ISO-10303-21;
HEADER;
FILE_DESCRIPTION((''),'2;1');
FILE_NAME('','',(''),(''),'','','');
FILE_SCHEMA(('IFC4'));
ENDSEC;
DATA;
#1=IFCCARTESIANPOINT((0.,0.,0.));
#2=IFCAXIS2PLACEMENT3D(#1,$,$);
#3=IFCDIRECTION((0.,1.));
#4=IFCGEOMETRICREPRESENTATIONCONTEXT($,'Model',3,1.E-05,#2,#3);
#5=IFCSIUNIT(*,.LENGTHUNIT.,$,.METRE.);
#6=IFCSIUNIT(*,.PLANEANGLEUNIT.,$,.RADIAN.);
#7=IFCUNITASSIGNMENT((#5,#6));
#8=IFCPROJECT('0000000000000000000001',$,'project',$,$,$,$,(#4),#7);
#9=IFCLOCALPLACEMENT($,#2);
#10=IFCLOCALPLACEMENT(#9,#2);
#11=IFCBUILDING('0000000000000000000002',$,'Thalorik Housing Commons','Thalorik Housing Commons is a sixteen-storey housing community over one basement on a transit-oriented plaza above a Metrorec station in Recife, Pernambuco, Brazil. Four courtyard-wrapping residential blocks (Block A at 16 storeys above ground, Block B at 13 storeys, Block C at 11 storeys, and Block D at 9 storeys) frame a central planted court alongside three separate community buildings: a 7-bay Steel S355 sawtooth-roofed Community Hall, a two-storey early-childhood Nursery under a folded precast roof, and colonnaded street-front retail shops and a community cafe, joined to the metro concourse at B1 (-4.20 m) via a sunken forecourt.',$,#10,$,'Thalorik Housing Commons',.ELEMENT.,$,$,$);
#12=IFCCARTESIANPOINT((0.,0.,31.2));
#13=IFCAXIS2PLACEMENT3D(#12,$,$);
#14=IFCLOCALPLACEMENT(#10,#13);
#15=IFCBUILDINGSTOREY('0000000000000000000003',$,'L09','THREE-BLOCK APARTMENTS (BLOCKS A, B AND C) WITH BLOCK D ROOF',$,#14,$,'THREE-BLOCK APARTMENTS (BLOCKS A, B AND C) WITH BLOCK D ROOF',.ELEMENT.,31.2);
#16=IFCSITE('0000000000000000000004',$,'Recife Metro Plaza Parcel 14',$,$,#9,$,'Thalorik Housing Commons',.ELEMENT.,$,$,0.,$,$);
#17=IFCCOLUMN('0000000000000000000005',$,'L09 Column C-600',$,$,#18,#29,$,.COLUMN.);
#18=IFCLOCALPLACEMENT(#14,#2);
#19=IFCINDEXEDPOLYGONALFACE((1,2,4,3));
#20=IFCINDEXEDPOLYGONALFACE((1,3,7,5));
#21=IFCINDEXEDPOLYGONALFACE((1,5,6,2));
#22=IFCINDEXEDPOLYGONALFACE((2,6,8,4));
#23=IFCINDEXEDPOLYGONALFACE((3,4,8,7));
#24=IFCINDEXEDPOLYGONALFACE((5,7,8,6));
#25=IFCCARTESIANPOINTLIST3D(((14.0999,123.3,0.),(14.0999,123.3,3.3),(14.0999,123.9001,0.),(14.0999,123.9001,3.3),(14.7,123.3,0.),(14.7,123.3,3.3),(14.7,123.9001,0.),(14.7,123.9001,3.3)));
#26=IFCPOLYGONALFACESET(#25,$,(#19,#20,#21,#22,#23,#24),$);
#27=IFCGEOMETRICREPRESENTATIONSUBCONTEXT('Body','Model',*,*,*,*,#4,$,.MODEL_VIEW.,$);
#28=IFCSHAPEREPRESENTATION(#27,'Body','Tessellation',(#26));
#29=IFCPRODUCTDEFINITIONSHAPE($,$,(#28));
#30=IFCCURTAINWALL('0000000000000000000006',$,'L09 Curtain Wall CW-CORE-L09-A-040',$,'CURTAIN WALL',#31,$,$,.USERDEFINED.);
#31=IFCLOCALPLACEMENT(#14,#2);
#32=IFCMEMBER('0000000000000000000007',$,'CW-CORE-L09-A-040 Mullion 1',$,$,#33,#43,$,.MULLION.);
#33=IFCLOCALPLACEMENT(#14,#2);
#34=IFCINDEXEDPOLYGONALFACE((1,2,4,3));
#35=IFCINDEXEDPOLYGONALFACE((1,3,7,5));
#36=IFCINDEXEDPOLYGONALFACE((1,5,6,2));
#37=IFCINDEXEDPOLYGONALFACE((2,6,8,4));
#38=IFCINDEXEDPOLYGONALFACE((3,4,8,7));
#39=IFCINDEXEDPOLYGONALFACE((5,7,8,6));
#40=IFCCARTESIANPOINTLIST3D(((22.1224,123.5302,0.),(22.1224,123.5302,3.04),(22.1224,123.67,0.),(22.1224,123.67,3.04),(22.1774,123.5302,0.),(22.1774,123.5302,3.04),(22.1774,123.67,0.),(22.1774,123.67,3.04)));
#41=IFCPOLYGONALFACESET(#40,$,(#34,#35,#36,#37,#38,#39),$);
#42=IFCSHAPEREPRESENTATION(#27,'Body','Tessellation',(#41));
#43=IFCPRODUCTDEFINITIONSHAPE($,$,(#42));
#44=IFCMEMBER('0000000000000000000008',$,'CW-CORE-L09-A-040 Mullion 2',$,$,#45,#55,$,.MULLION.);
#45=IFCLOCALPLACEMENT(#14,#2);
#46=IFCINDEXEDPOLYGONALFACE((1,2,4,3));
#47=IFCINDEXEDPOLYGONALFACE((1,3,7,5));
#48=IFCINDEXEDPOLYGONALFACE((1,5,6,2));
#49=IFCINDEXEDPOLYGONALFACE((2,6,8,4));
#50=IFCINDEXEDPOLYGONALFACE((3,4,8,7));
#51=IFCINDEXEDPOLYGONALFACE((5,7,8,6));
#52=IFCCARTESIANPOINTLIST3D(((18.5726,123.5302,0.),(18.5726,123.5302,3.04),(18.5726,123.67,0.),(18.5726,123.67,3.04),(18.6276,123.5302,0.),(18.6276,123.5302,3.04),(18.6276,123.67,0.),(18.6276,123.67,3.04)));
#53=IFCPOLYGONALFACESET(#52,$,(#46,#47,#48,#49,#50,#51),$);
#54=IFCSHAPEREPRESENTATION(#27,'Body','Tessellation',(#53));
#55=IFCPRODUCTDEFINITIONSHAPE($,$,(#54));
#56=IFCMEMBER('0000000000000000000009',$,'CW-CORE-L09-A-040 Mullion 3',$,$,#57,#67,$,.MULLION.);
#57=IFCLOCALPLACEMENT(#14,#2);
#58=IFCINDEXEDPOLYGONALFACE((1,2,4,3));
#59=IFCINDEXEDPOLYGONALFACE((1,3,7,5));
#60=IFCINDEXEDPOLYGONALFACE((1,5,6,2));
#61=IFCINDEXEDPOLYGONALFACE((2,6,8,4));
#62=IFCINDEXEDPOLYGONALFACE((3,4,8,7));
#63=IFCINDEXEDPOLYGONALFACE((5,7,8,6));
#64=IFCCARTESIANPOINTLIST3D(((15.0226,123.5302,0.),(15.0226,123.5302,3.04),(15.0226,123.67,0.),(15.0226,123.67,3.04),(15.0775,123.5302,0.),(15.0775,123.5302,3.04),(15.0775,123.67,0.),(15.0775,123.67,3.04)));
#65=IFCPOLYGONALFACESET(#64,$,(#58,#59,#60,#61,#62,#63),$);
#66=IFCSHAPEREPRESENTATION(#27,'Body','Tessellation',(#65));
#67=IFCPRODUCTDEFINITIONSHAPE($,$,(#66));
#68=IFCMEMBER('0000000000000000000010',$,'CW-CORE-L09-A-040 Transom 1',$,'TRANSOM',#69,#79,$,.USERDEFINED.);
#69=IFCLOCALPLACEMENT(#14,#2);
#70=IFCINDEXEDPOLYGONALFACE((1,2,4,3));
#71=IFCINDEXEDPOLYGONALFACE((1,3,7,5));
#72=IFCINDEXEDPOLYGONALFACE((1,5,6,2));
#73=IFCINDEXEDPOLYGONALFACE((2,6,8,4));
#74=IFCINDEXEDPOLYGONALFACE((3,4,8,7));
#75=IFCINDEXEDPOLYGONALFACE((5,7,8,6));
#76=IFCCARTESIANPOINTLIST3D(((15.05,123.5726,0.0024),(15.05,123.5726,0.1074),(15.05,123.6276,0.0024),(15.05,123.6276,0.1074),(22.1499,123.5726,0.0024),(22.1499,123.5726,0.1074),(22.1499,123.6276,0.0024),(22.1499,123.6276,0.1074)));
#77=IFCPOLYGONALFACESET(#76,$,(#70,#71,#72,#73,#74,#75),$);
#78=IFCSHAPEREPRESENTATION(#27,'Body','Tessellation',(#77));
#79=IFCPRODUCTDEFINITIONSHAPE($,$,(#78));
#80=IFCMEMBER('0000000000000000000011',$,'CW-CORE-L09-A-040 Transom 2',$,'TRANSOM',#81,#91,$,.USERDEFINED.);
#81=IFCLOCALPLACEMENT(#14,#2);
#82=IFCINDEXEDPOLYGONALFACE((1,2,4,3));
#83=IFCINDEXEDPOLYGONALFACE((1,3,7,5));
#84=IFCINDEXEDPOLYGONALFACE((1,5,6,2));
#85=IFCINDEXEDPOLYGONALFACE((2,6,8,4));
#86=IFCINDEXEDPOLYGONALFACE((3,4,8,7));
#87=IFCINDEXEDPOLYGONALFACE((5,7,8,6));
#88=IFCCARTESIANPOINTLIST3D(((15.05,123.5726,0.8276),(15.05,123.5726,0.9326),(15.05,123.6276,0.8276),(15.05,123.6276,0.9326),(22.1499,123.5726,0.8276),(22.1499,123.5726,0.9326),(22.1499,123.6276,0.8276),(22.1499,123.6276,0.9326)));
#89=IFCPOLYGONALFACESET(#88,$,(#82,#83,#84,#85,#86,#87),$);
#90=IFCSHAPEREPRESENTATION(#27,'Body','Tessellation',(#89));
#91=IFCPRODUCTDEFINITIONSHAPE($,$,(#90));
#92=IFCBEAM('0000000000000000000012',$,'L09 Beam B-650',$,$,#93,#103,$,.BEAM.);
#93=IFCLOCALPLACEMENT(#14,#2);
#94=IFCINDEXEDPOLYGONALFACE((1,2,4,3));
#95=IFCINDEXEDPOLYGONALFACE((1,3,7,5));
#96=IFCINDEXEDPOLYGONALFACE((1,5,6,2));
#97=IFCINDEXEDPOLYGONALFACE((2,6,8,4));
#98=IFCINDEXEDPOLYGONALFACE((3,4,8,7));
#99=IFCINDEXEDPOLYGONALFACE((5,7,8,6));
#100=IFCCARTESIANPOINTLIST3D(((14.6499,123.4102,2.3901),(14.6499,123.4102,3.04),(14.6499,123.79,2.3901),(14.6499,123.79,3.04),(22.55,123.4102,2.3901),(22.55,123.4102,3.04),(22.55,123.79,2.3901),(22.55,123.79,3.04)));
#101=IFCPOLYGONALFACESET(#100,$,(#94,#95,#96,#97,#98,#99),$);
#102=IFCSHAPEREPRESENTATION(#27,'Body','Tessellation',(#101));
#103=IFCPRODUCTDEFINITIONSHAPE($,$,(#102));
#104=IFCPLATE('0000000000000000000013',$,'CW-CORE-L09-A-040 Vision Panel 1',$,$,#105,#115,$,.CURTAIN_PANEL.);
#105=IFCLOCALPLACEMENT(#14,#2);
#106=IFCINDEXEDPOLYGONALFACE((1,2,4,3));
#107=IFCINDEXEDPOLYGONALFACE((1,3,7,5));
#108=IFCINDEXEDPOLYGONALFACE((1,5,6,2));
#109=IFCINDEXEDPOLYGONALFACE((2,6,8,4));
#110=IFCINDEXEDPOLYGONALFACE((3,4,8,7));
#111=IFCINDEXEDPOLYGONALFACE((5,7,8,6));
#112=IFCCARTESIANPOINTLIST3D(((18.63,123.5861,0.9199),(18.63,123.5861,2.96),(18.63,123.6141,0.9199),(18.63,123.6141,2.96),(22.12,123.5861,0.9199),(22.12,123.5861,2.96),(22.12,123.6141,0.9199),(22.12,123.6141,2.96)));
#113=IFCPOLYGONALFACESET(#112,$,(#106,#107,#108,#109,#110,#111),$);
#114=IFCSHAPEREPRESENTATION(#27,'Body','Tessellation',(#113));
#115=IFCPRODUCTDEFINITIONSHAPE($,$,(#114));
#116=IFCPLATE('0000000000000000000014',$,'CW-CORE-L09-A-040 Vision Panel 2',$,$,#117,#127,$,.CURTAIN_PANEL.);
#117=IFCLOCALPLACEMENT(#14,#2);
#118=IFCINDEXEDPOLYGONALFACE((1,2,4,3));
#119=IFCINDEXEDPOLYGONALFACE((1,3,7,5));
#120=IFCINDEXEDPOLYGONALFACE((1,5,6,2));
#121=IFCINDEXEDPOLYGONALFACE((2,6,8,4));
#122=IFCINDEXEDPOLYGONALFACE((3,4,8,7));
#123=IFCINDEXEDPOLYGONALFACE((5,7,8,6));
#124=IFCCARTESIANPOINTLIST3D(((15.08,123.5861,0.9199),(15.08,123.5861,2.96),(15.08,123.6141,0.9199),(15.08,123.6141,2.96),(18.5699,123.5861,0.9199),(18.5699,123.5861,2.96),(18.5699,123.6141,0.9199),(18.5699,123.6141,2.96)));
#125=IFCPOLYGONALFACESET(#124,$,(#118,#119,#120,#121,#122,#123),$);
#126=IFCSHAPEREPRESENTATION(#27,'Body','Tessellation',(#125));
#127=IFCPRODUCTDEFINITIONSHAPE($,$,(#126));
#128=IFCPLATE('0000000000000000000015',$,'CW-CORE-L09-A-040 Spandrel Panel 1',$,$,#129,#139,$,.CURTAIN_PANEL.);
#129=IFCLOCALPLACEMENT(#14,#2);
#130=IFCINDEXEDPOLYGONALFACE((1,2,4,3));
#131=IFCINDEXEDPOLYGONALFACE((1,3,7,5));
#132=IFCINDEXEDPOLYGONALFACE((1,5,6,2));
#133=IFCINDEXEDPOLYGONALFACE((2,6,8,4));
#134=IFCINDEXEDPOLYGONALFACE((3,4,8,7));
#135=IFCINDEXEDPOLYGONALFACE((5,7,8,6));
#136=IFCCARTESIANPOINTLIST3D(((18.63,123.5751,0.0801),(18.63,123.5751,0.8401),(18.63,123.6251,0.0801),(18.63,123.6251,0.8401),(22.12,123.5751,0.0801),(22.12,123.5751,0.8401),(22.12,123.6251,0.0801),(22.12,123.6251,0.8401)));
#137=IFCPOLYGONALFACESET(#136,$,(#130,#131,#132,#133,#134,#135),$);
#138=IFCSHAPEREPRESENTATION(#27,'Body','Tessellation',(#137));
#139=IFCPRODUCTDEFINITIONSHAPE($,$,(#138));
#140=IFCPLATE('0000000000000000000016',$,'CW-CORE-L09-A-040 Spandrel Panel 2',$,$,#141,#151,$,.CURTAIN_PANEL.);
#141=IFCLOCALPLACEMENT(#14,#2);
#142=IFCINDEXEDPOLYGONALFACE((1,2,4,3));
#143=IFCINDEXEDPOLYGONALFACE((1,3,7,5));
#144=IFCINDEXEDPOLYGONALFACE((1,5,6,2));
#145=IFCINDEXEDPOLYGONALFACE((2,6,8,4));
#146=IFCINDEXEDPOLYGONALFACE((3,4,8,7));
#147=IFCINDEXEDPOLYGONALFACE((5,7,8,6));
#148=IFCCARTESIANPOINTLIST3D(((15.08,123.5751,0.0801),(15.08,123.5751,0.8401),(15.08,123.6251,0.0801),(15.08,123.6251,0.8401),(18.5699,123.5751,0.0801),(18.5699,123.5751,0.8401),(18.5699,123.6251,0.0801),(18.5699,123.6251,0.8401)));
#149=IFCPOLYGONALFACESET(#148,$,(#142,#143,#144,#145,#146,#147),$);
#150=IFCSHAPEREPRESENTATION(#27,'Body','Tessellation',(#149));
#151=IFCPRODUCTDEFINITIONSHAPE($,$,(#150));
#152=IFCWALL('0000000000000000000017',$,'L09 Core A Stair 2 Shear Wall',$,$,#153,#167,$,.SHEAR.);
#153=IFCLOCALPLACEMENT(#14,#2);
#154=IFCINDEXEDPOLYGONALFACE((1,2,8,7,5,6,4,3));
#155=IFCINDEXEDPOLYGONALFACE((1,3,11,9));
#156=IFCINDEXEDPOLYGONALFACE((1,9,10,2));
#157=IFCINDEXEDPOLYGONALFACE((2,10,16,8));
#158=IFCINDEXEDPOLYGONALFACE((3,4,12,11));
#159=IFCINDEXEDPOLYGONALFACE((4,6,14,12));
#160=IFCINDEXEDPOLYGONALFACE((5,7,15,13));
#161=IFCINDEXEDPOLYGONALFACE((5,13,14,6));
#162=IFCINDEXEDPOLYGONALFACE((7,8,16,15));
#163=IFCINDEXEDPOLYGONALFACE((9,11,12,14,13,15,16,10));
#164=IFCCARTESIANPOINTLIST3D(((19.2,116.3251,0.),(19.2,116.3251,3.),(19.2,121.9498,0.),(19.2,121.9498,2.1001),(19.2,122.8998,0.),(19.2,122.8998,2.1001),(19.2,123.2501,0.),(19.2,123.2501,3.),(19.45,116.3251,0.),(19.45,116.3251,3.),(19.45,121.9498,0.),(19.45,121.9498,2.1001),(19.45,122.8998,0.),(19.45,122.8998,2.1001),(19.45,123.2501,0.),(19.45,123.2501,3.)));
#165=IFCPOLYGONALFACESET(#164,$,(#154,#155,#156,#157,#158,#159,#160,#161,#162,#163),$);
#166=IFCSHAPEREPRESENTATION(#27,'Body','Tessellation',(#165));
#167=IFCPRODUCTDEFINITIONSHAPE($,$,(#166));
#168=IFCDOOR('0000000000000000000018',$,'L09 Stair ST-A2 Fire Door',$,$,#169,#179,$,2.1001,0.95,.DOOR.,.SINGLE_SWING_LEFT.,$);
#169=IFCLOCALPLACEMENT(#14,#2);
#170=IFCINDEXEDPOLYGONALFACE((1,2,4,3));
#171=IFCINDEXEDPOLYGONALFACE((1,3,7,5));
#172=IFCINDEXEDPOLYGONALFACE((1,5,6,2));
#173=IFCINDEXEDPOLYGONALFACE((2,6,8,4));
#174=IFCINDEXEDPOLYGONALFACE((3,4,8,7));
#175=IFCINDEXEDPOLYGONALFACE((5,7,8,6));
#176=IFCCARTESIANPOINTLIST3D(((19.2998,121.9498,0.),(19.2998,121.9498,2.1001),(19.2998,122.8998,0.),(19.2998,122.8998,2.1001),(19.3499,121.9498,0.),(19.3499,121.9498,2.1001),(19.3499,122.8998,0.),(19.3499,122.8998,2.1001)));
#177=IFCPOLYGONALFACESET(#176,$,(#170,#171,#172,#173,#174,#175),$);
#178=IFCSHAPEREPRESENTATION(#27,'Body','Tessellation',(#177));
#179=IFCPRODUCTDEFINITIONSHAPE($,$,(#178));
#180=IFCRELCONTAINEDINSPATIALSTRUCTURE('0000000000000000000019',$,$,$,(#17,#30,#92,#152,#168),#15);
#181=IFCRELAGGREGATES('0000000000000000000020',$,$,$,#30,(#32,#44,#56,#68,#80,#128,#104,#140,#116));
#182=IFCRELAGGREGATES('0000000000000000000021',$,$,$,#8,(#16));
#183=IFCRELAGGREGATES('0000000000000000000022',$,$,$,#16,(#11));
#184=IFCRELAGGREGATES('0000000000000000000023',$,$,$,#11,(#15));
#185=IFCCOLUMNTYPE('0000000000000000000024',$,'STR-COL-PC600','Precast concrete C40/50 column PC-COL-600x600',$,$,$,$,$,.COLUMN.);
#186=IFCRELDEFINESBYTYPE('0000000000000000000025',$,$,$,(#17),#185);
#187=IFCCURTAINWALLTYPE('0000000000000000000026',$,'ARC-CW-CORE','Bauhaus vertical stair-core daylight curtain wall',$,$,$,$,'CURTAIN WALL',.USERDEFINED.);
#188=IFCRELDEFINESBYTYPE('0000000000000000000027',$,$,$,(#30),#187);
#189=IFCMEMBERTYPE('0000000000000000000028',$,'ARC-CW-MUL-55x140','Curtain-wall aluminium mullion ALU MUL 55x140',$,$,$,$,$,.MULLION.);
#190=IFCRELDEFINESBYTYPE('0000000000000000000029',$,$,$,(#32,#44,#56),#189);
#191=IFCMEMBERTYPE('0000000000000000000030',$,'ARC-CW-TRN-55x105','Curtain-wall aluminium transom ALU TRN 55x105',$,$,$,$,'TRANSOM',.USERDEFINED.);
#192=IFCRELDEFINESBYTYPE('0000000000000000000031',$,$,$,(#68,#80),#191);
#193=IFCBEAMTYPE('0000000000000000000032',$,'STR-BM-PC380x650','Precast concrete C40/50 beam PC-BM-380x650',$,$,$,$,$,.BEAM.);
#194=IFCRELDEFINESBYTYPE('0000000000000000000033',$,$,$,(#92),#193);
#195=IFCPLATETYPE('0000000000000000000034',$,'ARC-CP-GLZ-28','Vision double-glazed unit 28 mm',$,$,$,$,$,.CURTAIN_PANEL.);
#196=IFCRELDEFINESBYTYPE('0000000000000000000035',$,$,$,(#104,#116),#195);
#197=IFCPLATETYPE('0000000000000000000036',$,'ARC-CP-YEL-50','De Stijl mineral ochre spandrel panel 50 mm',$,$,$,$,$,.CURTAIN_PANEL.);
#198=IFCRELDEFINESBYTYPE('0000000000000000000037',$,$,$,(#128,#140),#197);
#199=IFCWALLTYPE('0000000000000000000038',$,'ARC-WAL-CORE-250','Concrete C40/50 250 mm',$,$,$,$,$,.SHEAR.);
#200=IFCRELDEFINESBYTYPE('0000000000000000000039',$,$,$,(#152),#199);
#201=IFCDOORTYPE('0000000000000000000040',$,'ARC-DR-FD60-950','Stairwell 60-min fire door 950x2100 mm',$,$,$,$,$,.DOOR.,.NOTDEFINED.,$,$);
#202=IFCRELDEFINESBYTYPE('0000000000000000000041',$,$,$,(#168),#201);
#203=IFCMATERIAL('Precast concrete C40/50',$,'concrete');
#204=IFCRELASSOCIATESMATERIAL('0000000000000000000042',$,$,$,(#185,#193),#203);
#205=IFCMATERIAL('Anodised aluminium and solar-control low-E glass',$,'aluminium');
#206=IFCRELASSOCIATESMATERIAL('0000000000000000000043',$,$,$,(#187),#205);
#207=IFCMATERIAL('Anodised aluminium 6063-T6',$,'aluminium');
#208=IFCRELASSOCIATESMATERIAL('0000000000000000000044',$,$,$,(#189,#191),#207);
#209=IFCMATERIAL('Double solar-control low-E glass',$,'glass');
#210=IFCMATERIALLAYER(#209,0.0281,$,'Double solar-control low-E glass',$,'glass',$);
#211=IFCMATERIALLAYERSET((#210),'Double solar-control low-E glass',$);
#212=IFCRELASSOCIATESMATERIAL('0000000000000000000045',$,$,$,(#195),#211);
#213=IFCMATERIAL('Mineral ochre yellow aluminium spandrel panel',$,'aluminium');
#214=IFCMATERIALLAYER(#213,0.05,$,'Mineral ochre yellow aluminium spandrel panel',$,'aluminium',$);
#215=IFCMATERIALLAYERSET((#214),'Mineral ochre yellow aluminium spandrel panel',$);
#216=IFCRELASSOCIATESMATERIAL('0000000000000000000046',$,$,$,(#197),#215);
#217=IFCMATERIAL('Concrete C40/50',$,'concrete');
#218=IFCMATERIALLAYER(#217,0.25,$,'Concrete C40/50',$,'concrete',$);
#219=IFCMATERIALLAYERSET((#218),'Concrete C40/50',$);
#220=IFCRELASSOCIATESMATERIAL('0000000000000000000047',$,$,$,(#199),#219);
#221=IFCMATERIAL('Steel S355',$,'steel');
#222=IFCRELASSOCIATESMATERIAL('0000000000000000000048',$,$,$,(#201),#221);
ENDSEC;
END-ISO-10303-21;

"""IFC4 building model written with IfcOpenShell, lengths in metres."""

from ifc_helpers import new_model, si_unit, direction, frame, frame_2d, origin, origin_2d, place, context, subcontext, project, spatial, rectangle, extrude, material, layer, layer_set, material_profile, profile_set, type_object, element, fill, aggregate, save


model = new_model("IFC4")

# Units and contexts
model_context = context("Model", 3, precision=1e-05, world=origin(), true_north=direction((0.0, 1.0)))
body_context = subcontext(model_context, "Body", "Model", "MODEL_VIEW")
ifc_project = project(units=[si_unit("LENGTHUNIT", "METRE"), si_unit("PLANEANGLEUNIT", "RADIAN")], contexts=[model_context])

# Site, building, storey
site_placement = place(None, origin())
site = spatial("IfcSite", under=ifc_project, at=site_placement, Name="Recife Metro Plaza Parcel 14", LongName="Thalorik Housing Commons", CompositionType="ELEMENT", RefElevation=0.0)
building_placement = place(site_placement, origin())
building = spatial("IfcBuilding", under=site, at=building_placement, Name="Thalorik Housing Commons", Description="Thalorik Housing Commons is a sixteen-storey housing community over one basement on a transit-oriented plaza above a Metrorec station in Recife, Pernambuco, Brazil. Four courtyard-wrapping residential blocks (Block A at 16 storeys above ground, Block B at 13 storeys, Block C at 11 storeys, and Block D at 9 storeys) frame a central planted court alongside three separate community buildings: a 7-bay Steel S355 sawtooth-roofed Community Hall, a two-storey early-childhood Nursery under a folded precast roof, and colonnaded street-front retail shops and a community cafe, joined to the metro concourse at B1 (-4.20 m) via a sunken forecourt.", LongName="Thalorik Housing Commons", CompositionType="ELEMENT")
storey_placement = place(building_placement, frame((0.0, 0.0, 31.2)))
storey = spatial("IfcBuildingStorey", under=building, at=storey_placement, Name="L09", Description="THREE-BLOCK APARTMENTS (BLOCKS A, B AND C) WITH BLOCK D ROOF", LongName="THREE-BLOCK APARTMENTS (BLOCKS A, B AND C) WITH BLOCK D ROOF", CompositionType="ELEMENT", Elevation=31.2)

# Column
ifc_material_1 = material(Name="Precast concrete C40/50", Category="concrete")
ifc_material_profile_1 = material_profile(ifc_material_1, rectangle(XDim=0.6001, YDim=0.6001, at=origin_2d()), Name="PC 600x600", Category="concrete")
ifc_profile_set_1 = profile_set([ifc_material_profile_1], Name="Precast concrete C40/50")
column_type = type_object("IfcColumnType", Name="STR-COL-PC600", Description="Precast concrete C40/50 column PC-COL-600x600", PredefinedType="COLUMN", material=ifc_profile_set_1)
column_placement = place(storey_placement, frame((14.3999, 123.6001, 0.0), z_axis=(0.0, 0.0, 1.0), x_axis=(1.0, 0.0, 0.0)))
element("IfcColumn", 1, at=column_placement, inside=storey, type_object=column_type, Name="L09 Column C-600", PredefinedType="COLUMN", context=body_context, shape_type="SweptSolid", body=[
    extrude(rectangle(XDim=0.6001, YDim=0.6001, at=origin_2d()), origin(), (0.0, 0.0, 1.0), 3.3),
])

# Curtain wall, members
ifc_material_2 = material(Name="Anodised aluminium and solar-control low-E glass", Category="aluminium")
curtain_wall_type = type_object("IfcCurtainWallType", Name="ARC-CW-CORE", Description="Bauhaus vertical stair-core daylight curtain wall", ElementType="CURTAIN WALL", PredefinedType="USERDEFINED", material=ifc_material_2)
curtain_wall_placement = place(storey_placement, origin())
curtain_wall = element("IfcCurtainWall", 2, at=curtain_wall_placement, inside=storey, type_object=curtain_wall_type, Name="L09 Curtain Wall CW-CORE-L09-A-040", ObjectType="CURTAIN WALL", PredefinedType="USERDEFINED")
ifc_material_3 = material(Name="Anodised aluminium 6063-T6", Category="aluminium")
ifc_material_profile_2 = material_profile(ifc_material_3, rectangle(XDim=0.0549, YDim=0.1399, at=origin_2d()), Name="ALU MUL 55x140", Category="aluminium")
ifc_profile_set_2 = profile_set([ifc_material_profile_2], Name="Anodised aluminium 6063-T6")
member_type_1 = type_object("IfcMemberType", Name="ARC-CW-MUL-55x140", Description="Curtain-wall aluminium mullion ALU MUL 55x140", PredefinedType="MULLION", material=ifc_profile_set_2)
member_1_placement = place(storey_placement, frame((22.1499, 123.6001, 0.0), z_axis=(0.0, 0.0, 1.0), x_axis=(-1.0, 0.0, 0.0)))
member_1 = element("IfcMember", 3, at=member_1_placement, type_object=member_type_1, Name="CW-CORE-L09-A-040 Mullion 1", PredefinedType="MULLION", context=body_context, shape_type="SweptSolid", body=[
    extrude(rectangle(XDim=0.0549, YDim=0.1399, at=origin_2d()), origin(), (0.0, 0.0, 1.0), 3.04),
])
member_2_placement = place(storey_placement, frame((18.6001, 123.6001, 0.0), z_axis=(0.0, 0.0, 1.0), x_axis=(-1.0, 0.0, 0.0)))
member_2 = element("IfcMember", 4, at=member_2_placement, type_object=member_type_1, Name="CW-CORE-L09-A-040 Mullion 2", PredefinedType="MULLION", context=body_context, shape_type="SweptSolid", body=[
    extrude(rectangle(XDim=0.0549, YDim=0.1399, at=origin_2d()), origin(), (0.0, 0.0, 1.0), 3.04),
])
member_3_placement = place(storey_placement, frame((15.05, 123.6001, 0.0), z_axis=(0.0, 0.0, 1.0), x_axis=(-1.0, 0.0, 0.0)))
member_3 = element("IfcMember", 5, at=member_3_placement, type_object=member_type_1, Name="CW-CORE-L09-A-040 Mullion 3", PredefinedType="MULLION", context=body_context, shape_type="SweptSolid", body=[
    extrude(rectangle(XDim=0.0549, YDim=0.1399, at=origin_2d()), origin(), (0.0, 0.0, 1.0), 3.04),
])
ifc_material_profile_3 = material_profile(ifc_material_3, rectangle(XDim=0.0549, YDim=0.105, at=origin_2d()), Name="ALU TRN 55x105", Category="aluminium")
ifc_profile_set_3 = profile_set([ifc_material_profile_3], Name="Anodised aluminium 6063-T6")
member_type_2 = type_object("IfcMemberType", Name="ARC-CW-TRN-55x105", Description="Curtain-wall aluminium transom ALU TRN 55x105", ElementType="TRANSOM", PredefinedType="USERDEFINED", material=ifc_profile_set_3)
member_4_placement = place(storey_placement, frame((22.1499, 123.6001, 0.0549), z_axis=(-1.0, 0.0, 0.0), x_axis=(0.0, -1.0, 0.0)))
member_4 = element("IfcMember", 6, at=member_4_placement, type_object=member_type_2, Name="CW-CORE-L09-A-040 Transom 1", ObjectType="TRANSOM", PredefinedType="USERDEFINED", context=body_context, shape_type="SweptSolid", body=[
    extrude(rectangle(XDim=0.0549, YDim=0.105, at=origin_2d()), origin(), (0.0, 0.0, 1.0), 7.0999),
])
member_5_placement = place(storey_placement, frame((22.1499, 123.6001, 0.8801), z_axis=(-1.0, 0.0, 0.0), x_axis=(0.0, -1.0, 0.0)))
member_5 = element("IfcMember", 7, at=member_5_placement, type_object=member_type_2, Name="CW-CORE-L09-A-040 Transom 2", ObjectType="TRANSOM", PredefinedType="USERDEFINED", context=body_context, shape_type="SweptSolid", body=[
    extrude(rectangle(XDim=0.0549, YDim=0.105, at=origin_2d()), origin(), (0.0, 0.0, 1.0), 7.0999),
])

# Beam
ifc_material_profile_4 = material_profile(ifc_material_1, rectangle(XDim=0.3799, YDim=0.6499, at=origin_2d()), Name="PC 380x650", Category="concrete")
ifc_profile_set_4 = profile_set([ifc_material_profile_4], Name="Precast concrete C40/50")
beam_type = type_object("IfcBeamType", Name="STR-BM-PC380x650", Description="Precast concrete C40/50 beam PC-BM-380x650", PredefinedType="BEAM", material=ifc_profile_set_4)
beam_placement = place(storey_placement, frame((14.6499, 123.6001, 2.7151), z_axis=(1.0, 0.0, 0.0), x_axis=(0.0, 1.0, 0.0)))
element("IfcBeam", 8, at=beam_placement, inside=storey, type_object=beam_type, Name="L09 Beam B-650", PredefinedType="BEAM", context=body_context, shape_type="SweptSolid", body=[
    extrude(rectangle(XDim=0.3799, YDim=0.6499, at=origin_2d()), origin(), (0.0, 0.0, 1.0), 7.9001),
])

# Plates
ifc_material_4 = material(Name="Double solar-control low-E glass", Category="glass")
ifc_layer_1 = layer(ifc_material_4, 0.0281, Name="Double solar-control low-E glass", Category="glass")
ifc_layer_set_1 = layer_set([ifc_layer_1], Name="Double solar-control low-E glass")
plate_type_1 = type_object("IfcPlateType", Name="ARC-CP-GLZ-28", Description="Vision double-glazed unit 28 mm", PredefinedType="CURTAIN_PANEL", material=ifc_layer_set_1)
plate_1_placement = place(storey_placement, frame((20.375, 123.6001, 0.9199), z_axis=(0.0, 0.0, 1.0), x_axis=(-1.0, 0.0, 0.0)))
plate_1 = element("IfcPlate", 9, at=plate_1_placement, type_object=plate_type_1, Name="CW-CORE-L09-A-040 Vision Panel 1", PredefinedType="CURTAIN_PANEL", context=body_context, shape_type="SweptSolid", body=[
    extrude(rectangle(XDim=3.49, YDim=0.0281, at=origin_2d()), origin(), (0.0, 0.0, 1.0), 2.04),
])
plate_2_placement = place(storey_placement, frame((16.825, 123.6001, 0.9199), z_axis=(0.0, 0.0, 1.0), x_axis=(-1.0, 0.0, 0.0)))
plate_2 = element("IfcPlate", 10, at=plate_2_placement, type_object=plate_type_1, Name="CW-CORE-L09-A-040 Vision Panel 2", PredefinedType="CURTAIN_PANEL", context=body_context, shape_type="SweptSolid", body=[
    extrude(rectangle(XDim=3.49, YDim=0.0281, at=origin_2d()), origin(), (0.0, 0.0, 1.0), 2.04),
])
ifc_material_5 = material(Name="Mineral ochre yellow aluminium spandrel panel", Category="aluminium")
ifc_layer_2 = layer(ifc_material_5, 0.05, Name="Mineral ochre yellow aluminium spandrel panel", Category="aluminium")
ifc_layer_set_2 = layer_set([ifc_layer_2], Name="Mineral ochre yellow aluminium spandrel panel")
plate_type_2 = type_object("IfcPlateType", Name="ARC-CP-YEL-50", Description="De Stijl mineral ochre spandrel panel 50 mm", PredefinedType="CURTAIN_PANEL", material=ifc_layer_set_2)
plate_3_placement = place(storey_placement, frame((20.375, 123.6001, 0.0801), z_axis=(0.0, 0.0, 1.0), x_axis=(-1.0, 0.0, 0.0)))
plate_3 = element("IfcPlate", 11, at=plate_3_placement, type_object=plate_type_2, Name="CW-CORE-L09-A-040 Spandrel Panel 1", PredefinedType="CURTAIN_PANEL", context=body_context, shape_type="SweptSolid", body=[
    extrude(rectangle(XDim=3.49, YDim=0.05, at=origin_2d()), origin(), (0.0, 0.0, 1.0), 0.76),
])
plate_4_placement = place(storey_placement, frame((16.825, 123.6001, 0.0801), z_axis=(0.0, 0.0, 1.0), x_axis=(-1.0, 0.0, 0.0)))
plate_4 = element("IfcPlate", 12, at=plate_4_placement, type_object=plate_type_2, Name="CW-CORE-L09-A-040 Spandrel Panel 2", PredefinedType="CURTAIN_PANEL", context=body_context, shape_type="SweptSolid", body=[
    extrude(rectangle(XDim=3.49, YDim=0.05, at=origin_2d()), origin(), (0.0, 0.0, 1.0), 0.76),
])
aggregate(curtain_wall, [member_1, member_2, member_3, member_4, member_5, plate_3, plate_1, plate_4, plate_2])

# Wall, opening, door
ifc_material_6 = material(Name="Concrete C40/50", Category="concrete")
ifc_layer_3 = layer(ifc_material_6, 0.25, Name="Concrete C40/50", Category="concrete")
ifc_layer_set_3 = layer_set([ifc_layer_3], Name="Concrete C40/50")
wall_type_1 = type_object("IfcWallType", Name="ARC-WAL-CORE-250", Description="Concrete C40/50 250 mm", PredefinedType="SHEAR", material=ifc_layer_set_3)
wall_1_placement = place(storey_placement, frame((19.325, 123.25, 0.0), z_axis=(0.0, 0.0, 1.0), x_axis=(0.0, -1.0, 0.0)))
wall_1 = element("IfcWall", 13, at=wall_1_placement, inside=storey, type_object=wall_type_1, Name="L09 Core A Stair 2 Shear Wall", PredefinedType="SHEAR", context=body_context, shape_type="SweptSolid", body=[
    extrude(rectangle(XDim=6.925, YDim=0.25, at=frame_2d((3.4624, 0.0))), origin(), (0.0, 0.0, 1.0), 3.0),
])
opening_placement = place(wall_1_placement, frame((0.3501, 0.0, 0.0)))
opening = element("IfcOpeningElement", 14, at=opening_placement, cuts=wall_1, PredefinedType="OPENING", context=body_context, shape_type="SweptSolid", body=[
    extrude(rectangle(XDim=0.95, YDim=2.1001, at=frame_2d((0.4751, 1.05))), frame((0.0, 0.135, 0.0), z_axis=(0.0, -1.0, 0.0), x_axis=(1.0, 0.0, 0.0)), (0.0, 0.0, 1.0), 0.27),
])
ifc_material_7 = material(Name="Steel S355", Category="steel")
door_type = type_object("IfcDoorType", Name="ARC-DR-FD60-950", Description="Stairwell 60-min fire door 950x2100 mm", OperationType="NOTDEFINED", PredefinedType="DOOR", material=ifc_material_7)
door_placement = place(opening_placement, origin())
door = element("IfcDoor", 15, at=door_placement, inside=storey, type_object=door_type, Name="L09 Stair ST-A2 Fire Door", OperationType="SINGLE_SWING_LEFT", OverallHeight=2.1001, OverallWidth=0.95, PredefinedType="DOOR", context=body_context, shape_type="SweptSolid", body=[
    extrude(rectangle(XDim=0.95, YDim=2.1001, at=frame_2d((0.4751, 1.05))), frame((0.0, 0.0249, 0.0), z_axis=(0.0, -1.0, 0.0), x_axis=(1.0, 0.0, 0.0)), (0.0, 0.0, 1.0), 0.05),
])
fill(opening, door)

save(model, "model.ifc")
